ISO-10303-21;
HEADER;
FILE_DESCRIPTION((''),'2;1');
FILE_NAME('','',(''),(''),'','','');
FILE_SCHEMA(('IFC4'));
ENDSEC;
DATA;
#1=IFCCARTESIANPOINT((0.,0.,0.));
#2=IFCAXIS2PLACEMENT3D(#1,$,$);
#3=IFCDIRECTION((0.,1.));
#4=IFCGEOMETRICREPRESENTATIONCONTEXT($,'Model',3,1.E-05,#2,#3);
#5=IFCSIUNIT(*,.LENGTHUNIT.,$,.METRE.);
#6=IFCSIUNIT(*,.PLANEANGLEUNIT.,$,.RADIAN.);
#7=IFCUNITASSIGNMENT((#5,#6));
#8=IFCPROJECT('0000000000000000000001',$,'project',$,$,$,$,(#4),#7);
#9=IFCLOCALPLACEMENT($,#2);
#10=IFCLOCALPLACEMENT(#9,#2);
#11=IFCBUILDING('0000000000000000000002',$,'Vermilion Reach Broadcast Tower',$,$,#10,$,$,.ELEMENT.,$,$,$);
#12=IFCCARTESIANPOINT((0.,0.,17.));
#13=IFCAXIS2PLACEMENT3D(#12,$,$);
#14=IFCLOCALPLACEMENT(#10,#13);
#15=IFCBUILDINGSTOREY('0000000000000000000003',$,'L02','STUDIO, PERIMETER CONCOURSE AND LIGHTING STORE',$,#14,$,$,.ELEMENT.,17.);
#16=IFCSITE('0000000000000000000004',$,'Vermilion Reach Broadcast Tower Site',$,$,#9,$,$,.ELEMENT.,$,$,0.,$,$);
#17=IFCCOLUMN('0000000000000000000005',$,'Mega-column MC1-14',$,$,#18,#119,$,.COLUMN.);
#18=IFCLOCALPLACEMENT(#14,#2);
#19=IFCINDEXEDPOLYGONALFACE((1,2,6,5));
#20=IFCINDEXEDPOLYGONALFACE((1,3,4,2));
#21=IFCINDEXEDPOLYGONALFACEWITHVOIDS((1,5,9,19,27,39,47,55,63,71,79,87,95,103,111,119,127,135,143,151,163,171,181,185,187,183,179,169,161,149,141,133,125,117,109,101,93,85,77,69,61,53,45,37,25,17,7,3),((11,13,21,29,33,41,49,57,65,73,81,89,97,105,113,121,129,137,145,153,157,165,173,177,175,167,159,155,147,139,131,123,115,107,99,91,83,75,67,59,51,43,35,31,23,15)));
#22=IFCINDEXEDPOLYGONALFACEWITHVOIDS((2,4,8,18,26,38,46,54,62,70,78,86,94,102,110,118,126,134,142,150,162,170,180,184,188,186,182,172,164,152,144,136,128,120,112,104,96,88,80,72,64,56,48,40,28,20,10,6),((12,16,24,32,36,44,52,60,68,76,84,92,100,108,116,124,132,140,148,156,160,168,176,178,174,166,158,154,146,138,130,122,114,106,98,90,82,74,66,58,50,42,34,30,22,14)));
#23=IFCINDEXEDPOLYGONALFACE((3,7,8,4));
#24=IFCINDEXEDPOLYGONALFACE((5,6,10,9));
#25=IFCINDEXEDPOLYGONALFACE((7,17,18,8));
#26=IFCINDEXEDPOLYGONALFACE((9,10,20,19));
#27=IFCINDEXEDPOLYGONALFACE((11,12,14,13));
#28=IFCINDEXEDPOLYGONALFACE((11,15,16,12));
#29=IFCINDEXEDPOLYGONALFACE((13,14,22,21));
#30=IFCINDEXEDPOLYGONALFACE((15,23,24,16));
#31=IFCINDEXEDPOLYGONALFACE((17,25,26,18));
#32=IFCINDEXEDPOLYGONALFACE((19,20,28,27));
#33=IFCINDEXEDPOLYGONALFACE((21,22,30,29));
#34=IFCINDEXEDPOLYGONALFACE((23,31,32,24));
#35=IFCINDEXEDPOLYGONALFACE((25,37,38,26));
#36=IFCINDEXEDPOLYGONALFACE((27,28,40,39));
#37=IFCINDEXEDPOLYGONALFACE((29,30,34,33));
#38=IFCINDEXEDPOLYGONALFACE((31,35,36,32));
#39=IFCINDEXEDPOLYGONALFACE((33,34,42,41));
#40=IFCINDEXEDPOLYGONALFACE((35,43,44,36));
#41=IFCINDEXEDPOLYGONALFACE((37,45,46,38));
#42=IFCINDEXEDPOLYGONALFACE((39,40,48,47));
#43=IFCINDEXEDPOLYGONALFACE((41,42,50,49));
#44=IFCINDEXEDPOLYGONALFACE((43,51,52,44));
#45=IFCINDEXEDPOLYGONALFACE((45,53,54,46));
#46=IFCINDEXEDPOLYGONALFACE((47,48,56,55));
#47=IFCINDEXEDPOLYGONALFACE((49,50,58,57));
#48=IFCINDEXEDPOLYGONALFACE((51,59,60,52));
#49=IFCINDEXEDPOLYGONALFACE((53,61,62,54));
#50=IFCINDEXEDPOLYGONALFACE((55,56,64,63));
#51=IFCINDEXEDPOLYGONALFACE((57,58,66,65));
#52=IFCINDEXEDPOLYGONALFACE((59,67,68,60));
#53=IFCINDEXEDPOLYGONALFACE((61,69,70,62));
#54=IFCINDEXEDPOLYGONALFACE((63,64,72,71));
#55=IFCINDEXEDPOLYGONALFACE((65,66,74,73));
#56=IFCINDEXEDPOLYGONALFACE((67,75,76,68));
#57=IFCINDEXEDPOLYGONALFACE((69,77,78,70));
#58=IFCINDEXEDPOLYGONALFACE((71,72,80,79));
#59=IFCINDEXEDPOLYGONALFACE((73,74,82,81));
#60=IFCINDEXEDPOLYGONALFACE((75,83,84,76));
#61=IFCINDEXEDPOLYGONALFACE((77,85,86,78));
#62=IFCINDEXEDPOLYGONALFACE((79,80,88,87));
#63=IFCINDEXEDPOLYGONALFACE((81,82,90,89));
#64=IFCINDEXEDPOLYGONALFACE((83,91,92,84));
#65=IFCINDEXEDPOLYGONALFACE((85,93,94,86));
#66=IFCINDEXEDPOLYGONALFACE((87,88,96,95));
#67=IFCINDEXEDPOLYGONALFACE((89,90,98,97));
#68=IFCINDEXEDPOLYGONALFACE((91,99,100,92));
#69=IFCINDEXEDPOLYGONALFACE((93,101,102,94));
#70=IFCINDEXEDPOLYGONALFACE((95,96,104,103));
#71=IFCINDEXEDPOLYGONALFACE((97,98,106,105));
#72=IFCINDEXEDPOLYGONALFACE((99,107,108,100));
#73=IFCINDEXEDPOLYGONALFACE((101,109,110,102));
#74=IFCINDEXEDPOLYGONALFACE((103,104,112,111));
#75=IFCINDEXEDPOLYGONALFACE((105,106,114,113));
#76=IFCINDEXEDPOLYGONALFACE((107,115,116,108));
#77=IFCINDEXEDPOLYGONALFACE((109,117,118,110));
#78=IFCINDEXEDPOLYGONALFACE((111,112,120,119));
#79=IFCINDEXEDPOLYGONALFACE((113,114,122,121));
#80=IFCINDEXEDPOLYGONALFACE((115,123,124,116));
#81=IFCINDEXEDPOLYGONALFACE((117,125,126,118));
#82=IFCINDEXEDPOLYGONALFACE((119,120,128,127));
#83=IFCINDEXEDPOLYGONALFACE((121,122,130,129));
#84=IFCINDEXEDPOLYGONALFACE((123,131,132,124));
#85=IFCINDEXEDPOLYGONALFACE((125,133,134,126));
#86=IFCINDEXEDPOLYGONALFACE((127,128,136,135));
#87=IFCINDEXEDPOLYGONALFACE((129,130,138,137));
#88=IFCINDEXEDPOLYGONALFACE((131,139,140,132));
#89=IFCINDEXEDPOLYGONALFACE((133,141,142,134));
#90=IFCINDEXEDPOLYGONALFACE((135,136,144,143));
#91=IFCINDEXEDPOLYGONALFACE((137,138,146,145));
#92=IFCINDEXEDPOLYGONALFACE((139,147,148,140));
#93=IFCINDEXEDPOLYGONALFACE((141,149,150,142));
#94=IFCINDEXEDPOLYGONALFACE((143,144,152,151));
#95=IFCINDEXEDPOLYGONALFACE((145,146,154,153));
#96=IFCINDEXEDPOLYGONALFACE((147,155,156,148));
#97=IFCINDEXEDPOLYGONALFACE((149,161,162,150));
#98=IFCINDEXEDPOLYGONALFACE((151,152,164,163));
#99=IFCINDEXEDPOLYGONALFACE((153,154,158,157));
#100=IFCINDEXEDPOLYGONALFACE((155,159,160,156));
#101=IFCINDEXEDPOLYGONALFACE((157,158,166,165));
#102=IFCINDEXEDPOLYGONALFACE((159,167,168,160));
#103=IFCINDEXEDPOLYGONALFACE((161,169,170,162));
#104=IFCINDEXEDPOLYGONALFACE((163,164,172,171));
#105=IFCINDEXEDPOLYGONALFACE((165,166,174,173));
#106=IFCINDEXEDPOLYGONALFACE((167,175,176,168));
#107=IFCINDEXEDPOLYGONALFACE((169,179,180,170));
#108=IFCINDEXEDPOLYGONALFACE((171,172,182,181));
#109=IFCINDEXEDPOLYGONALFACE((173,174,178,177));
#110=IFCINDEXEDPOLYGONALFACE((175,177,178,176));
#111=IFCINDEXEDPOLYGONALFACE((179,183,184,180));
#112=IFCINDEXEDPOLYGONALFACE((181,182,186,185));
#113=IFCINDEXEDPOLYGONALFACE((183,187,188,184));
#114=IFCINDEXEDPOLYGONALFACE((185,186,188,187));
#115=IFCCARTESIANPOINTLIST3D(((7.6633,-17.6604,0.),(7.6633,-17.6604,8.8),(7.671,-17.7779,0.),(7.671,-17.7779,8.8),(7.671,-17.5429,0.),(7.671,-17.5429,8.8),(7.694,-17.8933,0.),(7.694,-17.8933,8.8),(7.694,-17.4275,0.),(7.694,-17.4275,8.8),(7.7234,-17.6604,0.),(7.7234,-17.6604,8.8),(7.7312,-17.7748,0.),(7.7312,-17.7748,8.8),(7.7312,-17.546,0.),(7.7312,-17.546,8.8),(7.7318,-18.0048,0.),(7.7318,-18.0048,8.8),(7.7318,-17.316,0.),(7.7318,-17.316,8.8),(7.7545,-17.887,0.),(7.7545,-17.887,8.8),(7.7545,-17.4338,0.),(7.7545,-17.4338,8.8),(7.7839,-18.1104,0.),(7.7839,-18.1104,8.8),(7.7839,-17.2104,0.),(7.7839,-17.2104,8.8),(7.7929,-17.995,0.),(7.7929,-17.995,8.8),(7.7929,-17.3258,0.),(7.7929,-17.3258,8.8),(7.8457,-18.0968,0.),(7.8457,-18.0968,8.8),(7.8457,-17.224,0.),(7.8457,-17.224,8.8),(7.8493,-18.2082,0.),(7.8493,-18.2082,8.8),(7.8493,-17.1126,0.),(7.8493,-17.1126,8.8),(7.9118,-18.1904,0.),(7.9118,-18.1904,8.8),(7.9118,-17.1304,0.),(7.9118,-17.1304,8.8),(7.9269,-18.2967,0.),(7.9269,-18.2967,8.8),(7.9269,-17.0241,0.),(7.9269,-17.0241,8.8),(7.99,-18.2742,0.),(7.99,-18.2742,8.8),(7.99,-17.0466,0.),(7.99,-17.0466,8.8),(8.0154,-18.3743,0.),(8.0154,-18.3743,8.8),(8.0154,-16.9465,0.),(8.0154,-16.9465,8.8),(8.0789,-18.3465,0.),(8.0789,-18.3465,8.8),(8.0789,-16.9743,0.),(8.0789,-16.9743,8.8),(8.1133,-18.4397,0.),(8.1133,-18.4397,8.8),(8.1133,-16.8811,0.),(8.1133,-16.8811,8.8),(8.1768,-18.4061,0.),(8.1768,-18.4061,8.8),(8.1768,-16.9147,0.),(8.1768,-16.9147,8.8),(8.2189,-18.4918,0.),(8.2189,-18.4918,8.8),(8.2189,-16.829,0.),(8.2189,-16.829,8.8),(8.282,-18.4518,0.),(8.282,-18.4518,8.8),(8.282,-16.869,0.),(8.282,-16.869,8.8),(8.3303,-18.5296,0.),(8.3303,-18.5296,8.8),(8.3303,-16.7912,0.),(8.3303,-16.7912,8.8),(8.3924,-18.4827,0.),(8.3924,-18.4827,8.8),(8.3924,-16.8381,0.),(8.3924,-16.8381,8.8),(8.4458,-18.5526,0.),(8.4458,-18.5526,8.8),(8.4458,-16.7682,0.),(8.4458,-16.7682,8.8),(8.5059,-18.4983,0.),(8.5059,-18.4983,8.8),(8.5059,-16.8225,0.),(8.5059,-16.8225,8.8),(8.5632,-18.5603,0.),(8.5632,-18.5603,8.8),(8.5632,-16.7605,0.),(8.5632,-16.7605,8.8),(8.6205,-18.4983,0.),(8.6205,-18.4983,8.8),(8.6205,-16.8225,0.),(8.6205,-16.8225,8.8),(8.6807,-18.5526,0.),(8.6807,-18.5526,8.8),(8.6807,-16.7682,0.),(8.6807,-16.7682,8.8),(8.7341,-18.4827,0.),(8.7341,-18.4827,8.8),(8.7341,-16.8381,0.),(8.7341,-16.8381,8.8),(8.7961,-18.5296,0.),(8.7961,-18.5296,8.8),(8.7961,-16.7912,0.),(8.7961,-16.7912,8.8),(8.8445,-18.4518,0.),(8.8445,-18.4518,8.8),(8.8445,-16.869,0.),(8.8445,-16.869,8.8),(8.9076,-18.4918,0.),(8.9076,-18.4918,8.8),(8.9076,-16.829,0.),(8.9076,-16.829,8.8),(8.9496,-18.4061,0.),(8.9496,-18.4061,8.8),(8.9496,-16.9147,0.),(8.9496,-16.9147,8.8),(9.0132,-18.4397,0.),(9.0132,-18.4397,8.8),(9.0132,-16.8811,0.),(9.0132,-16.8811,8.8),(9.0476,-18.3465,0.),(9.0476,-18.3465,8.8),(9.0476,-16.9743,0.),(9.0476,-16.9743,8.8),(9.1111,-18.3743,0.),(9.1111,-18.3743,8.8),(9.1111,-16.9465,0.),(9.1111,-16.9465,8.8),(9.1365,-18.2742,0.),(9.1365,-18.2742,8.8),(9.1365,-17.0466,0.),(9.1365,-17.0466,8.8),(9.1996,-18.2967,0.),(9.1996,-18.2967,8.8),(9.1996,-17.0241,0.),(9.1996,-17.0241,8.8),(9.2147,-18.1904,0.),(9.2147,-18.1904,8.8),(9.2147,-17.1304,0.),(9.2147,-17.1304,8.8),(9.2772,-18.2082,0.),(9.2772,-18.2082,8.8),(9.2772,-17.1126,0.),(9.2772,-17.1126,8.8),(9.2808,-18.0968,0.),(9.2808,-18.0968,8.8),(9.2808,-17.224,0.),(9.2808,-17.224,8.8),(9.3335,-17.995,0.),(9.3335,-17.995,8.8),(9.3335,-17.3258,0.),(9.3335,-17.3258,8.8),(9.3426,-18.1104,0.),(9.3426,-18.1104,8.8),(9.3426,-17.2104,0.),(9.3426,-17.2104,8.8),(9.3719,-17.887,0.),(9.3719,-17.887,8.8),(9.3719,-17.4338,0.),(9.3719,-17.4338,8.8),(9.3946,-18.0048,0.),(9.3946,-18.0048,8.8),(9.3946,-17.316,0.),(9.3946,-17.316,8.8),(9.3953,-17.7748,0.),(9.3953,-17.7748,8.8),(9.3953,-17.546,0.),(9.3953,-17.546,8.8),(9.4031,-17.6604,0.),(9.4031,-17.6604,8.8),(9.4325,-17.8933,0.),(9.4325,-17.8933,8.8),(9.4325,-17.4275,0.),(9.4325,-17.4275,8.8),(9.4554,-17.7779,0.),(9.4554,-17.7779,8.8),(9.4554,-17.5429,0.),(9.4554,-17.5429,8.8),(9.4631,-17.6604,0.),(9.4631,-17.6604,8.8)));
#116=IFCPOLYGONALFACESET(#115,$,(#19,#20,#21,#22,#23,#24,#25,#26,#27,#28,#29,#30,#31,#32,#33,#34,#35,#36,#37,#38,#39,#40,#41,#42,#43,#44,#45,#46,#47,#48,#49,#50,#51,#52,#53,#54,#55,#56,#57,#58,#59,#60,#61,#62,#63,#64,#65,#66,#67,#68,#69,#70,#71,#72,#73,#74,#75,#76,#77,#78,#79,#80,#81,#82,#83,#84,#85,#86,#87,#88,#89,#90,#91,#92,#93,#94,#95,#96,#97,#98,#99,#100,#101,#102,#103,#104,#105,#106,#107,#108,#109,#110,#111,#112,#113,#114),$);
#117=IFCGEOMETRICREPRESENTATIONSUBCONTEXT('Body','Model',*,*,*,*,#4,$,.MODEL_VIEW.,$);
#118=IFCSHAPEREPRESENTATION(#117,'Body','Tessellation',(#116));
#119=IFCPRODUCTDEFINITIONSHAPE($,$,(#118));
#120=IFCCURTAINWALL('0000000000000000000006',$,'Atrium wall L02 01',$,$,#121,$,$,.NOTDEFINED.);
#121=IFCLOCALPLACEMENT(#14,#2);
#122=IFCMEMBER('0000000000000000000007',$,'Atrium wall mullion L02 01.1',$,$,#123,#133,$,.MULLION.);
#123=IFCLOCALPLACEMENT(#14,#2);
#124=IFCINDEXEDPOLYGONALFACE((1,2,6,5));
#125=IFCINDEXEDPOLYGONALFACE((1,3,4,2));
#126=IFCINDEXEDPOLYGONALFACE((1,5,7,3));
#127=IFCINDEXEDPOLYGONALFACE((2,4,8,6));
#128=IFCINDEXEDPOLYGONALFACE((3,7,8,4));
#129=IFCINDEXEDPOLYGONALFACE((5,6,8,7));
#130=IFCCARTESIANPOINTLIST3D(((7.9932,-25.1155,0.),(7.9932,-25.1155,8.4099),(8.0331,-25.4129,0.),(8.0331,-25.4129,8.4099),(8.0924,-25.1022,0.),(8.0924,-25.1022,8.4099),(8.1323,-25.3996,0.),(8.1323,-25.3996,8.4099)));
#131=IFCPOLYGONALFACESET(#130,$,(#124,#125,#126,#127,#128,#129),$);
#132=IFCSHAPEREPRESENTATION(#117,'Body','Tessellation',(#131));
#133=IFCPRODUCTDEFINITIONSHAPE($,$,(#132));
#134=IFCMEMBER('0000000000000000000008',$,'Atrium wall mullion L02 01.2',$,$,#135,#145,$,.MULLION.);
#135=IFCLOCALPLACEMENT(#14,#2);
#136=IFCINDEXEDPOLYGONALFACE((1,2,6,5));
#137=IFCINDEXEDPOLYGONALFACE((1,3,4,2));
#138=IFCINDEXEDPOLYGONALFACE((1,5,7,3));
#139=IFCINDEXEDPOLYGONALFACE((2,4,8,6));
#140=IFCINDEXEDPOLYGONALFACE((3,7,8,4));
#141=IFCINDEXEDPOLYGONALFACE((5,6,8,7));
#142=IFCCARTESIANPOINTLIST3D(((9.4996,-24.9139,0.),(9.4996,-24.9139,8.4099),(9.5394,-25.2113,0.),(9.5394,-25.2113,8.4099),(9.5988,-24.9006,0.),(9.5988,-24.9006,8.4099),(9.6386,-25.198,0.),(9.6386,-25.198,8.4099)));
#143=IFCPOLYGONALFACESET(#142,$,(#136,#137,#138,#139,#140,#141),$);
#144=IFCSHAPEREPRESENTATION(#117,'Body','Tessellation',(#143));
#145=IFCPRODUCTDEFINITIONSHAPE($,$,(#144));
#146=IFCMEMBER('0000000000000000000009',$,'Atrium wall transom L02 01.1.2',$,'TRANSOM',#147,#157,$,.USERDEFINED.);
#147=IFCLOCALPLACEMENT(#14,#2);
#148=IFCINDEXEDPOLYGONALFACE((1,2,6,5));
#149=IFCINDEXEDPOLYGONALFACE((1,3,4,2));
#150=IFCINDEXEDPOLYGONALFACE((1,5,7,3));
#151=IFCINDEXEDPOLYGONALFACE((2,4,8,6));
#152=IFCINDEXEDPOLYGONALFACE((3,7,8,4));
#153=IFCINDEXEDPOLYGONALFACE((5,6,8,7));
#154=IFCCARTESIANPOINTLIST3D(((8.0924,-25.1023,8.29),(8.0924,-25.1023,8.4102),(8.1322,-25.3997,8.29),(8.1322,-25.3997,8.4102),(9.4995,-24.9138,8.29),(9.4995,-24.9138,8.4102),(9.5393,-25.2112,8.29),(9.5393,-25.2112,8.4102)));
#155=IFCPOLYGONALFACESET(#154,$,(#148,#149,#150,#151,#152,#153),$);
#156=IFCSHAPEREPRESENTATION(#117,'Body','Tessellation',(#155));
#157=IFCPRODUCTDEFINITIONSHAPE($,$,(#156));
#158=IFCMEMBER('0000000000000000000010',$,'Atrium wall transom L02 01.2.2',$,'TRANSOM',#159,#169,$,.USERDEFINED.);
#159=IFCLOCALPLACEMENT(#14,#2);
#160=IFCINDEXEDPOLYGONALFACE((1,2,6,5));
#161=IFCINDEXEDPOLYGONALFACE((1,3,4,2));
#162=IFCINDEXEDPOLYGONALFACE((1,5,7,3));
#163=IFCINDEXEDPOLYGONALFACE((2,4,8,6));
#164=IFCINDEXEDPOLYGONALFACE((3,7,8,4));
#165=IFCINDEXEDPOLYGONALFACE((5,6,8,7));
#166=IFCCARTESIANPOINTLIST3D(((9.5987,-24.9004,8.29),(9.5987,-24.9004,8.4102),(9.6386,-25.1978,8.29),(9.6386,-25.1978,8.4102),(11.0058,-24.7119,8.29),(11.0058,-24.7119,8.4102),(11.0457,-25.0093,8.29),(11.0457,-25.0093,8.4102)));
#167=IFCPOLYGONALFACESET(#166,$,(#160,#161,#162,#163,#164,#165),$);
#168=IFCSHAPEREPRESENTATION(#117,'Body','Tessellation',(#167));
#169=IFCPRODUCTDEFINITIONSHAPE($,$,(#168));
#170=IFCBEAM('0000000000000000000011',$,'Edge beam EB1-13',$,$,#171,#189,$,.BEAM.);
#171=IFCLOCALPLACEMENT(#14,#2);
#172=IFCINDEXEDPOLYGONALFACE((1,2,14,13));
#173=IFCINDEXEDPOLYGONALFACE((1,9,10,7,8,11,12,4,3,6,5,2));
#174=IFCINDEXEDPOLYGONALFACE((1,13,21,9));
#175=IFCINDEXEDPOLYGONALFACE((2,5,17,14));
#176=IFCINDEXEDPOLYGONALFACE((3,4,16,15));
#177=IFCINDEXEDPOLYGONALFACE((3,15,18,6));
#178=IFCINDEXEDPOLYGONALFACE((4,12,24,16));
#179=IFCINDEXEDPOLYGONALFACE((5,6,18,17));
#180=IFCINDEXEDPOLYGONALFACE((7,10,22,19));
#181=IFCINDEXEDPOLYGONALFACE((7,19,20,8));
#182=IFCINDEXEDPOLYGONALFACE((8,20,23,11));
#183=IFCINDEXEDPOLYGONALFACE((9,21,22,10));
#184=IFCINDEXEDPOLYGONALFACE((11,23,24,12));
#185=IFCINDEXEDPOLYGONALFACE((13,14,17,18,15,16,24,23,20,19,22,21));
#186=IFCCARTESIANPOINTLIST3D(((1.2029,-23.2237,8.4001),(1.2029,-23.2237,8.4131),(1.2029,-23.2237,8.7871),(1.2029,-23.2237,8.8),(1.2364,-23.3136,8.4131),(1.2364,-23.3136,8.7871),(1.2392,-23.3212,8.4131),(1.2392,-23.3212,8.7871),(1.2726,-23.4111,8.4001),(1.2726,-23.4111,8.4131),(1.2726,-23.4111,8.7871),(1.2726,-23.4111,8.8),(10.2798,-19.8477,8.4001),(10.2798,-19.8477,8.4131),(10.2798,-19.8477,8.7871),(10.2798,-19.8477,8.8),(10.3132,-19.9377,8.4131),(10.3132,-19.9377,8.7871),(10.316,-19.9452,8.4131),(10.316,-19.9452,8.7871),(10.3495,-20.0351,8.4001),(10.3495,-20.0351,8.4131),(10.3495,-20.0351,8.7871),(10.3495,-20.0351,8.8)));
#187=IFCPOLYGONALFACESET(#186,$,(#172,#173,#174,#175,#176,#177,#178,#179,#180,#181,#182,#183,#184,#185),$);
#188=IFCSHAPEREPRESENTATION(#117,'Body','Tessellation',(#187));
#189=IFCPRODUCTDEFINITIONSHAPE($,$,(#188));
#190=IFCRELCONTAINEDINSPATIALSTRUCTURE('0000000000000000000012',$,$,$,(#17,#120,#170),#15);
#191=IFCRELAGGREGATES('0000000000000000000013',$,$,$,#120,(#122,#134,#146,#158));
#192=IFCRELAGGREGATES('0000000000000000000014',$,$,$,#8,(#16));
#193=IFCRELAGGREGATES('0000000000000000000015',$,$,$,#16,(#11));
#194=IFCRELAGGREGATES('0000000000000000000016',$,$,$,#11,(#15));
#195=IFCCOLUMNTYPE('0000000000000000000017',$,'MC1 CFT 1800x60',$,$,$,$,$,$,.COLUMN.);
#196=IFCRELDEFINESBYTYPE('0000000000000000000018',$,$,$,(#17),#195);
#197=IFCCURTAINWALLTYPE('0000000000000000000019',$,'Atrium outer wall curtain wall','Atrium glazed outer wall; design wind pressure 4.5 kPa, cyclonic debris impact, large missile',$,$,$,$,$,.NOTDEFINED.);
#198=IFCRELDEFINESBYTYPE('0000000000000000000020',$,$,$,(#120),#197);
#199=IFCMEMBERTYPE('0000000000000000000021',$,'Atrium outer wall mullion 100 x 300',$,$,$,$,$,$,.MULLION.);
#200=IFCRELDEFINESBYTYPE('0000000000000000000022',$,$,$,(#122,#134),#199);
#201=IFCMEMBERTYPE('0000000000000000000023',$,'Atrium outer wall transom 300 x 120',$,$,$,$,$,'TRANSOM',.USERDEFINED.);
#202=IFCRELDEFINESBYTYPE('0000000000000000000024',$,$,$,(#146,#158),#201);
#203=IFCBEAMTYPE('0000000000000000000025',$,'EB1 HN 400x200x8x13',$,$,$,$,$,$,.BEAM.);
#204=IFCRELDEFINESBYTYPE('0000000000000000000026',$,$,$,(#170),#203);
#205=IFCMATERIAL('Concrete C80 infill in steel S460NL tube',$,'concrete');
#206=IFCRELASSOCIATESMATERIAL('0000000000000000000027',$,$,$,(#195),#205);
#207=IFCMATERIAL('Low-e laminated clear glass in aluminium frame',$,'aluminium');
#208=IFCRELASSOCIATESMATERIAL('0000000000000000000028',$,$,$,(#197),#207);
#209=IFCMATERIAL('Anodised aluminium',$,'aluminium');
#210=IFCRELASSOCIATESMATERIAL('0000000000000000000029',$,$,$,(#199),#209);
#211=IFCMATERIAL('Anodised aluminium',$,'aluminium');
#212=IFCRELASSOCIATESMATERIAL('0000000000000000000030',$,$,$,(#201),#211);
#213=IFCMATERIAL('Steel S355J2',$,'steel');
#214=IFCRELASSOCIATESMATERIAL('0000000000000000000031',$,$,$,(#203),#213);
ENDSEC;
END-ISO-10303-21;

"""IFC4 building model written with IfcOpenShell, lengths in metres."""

from ifc_helpers import new_model, si_unit, direction, frame, origin, origin_2d, place, context, subcontext, project, spatial, rectangle, hollow_circle, i_section, extrude, material, material_profile, profile_set, type_object, element, aggregate, save


model = new_model("IFC4")

# Units and contexts
model_context = context("Model", 3, precision=1e-05, world=origin(), true_north=direction((0.0, 1.0)))
body_context = subcontext(model_context, "Body", "Model", "MODEL_VIEW")
ifc_project = project(units=[si_unit("LENGTHUNIT", "METRE"), si_unit("PLANEANGLEUNIT", "RADIAN")], contexts=[model_context])

# Site, building, storey
site_placement = place(None, origin())
site = spatial("IfcSite", under=ifc_project, at=site_placement, Name="Vermilion Reach Broadcast Tower Site", CompositionType="ELEMENT", RefElevation=0.0)
building_placement = place(site_placement, origin())
building = spatial("IfcBuilding", under=site, at=building_placement, Name="Vermilion Reach Broadcast Tower", CompositionType="ELEMENT")
storey_placement = place(building_placement, frame((0.0, 0.0, 17.0)))
storey = spatial("IfcBuildingStorey", under=building, at=storey_placement, Name="L02", Description="STUDIO, PERIMETER CONCOURSE AND LIGHTING STORE", CompositionType="ELEMENT", Elevation=17.0)

# Column
ifc_material_1 = material(Name="Concrete C80 infill in steel S460NL tube", Category="concrete")
ifc_material_profile_1 = material_profile(ifc_material_1, hollow_circle(Radius=0.8999, WallThickness=0.0601, at=origin_2d()), Name="Concrete C80 infill in steel S460NL tube CFT 1800x60")
ifc_profile_set_1 = profile_set([ifc_material_profile_1], Name="Concrete C80 infill in steel S460NL tube")
column_type = type_object("IfcColumnType", Name="MC1 CFT 1800x60", PredefinedType="COLUMN", material=ifc_profile_set_1)
for number, where, z_axis, x_axis, name in (
    (1, (8.5632, -17.6604, 0.0), (0.0, 0.0, 1.0), (1.0, 0.0, 0.0), "Mega-column MC1-14"),
):
    element("IfcColumn", number, at=place(storey_placement, frame(where, z_axis=z_axis, x_axis=x_axis)), inside=storey, type_object=column_type, Name=name, PredefinedType="COLUMN", context=body_context, shape_type="SweptSolid", body=[
        extrude(hollow_circle(Radius=0.8999, WallThickness=0.0601, at=origin_2d()), origin(), (0.0, 0.0, 1.0), 8.8),
    ])

# Curtain wall, members
ifc_material_2 = material(Name="Low-e laminated clear glass in aluminium frame", Category="aluminium")
curtain_wall_type = type_object("IfcCurtainWallType", Name="Atrium outer wall curtain wall", Description="Atrium glazed outer wall; design wind pressure 4.5 kPa, cyclonic debris impact, large missile", PredefinedType="NOTDEFINED", material=ifc_material_2)
curtain_wall_placement = place(storey_placement, origin())
curtain_wall = element("IfcCurtainWall", 2, at=curtain_wall_placement, inside=storey, type_object=curtain_wall_type, Name="Atrium wall L02 01", PredefinedType="NOTDEFINED")
ifc_material_3 = material(Name="Anodised aluminium", Category="aluminium")
ifc_material_profile_2 = material_profile(ifc_material_3, rectangle(XDim=0.3, YDim=0.1001, at=origin_2d()), Name="Atrium outer wall mullion 100 x 300")
ifc_profile_set_2 = profile_set([ifc_material_profile_2], Name="Anodised aluminium")
member_type_1 = type_object("IfcMemberType", Name="Atrium outer wall mullion 100 x 300", PredefinedType="MULLION", material=ifc_profile_set_2)
member_1_placement = place(storey_placement, frame((8.0627, -25.2576, 0.0), z_axis=(0.0, 0.0, 1.0), x_axis=(-0.132794, 0.991144, 0.0)))
member_1 = element("IfcMember", 3, at=member_1_placement, type_object=member_type_1, Name="Atrium wall mullion L02 01.1", PredefinedType="MULLION", context=body_context, shape_type="SweptSolid", body=[
    extrude(rectangle(XDim=0.3, YDim=0.1001, at=origin_2d()), origin(), (0.0, 0.0, 1.0), 8.4099),
])
member_2_placement = place(storey_placement, frame((9.5691, -25.0559, 0.0), z_axis=(0.0, 0.0, 1.0), x_axis=(-0.132794, 0.991144, 0.0)))
member_2 = element("IfcMember", 4, at=member_2_placement, type_object=member_type_1, Name="Atrium wall mullion L02 01.2", PredefinedType="MULLION", context=body_context, shape_type="SweptSolid", body=[
    extrude(rectangle(XDim=0.3, YDim=0.1001, at=origin_2d()), origin(), (0.0, 0.0, 1.0), 8.4099),
])
ifc_material_4 = material(Name="Anodised aluminium", Category="aluminium")
ifc_material_profile_3 = material_profile(ifc_material_4, rectangle(XDim=0.3, YDim=0.1201, at=origin_2d()), Name="Atrium outer wall transom 300 x 120")
ifc_profile_set_3 = profile_set([ifc_material_profile_3], Name="Anodised aluminium")
member_type_2 = type_object("IfcMemberType", Name="Atrium outer wall transom 300 x 120", ElementType="TRANSOM", PredefinedType="USERDEFINED", material=ifc_profile_set_3)
member_3_placement = place(storey_placement, frame((8.1123, -25.251, 8.3501), z_axis=(0.99115, 0.132749, 0.0), x_axis=(-0.132749, 0.99115, 0.0)))
member_3 = element("IfcMember", 5, at=member_3_placement, type_object=member_type_2, Name="Atrium wall transom L02 01.1.2", ObjectType="TRANSOM", PredefinedType="USERDEFINED", context=body_context, shape_type="SweptSolid", body=[
    extrude(rectangle(XDim=0.3, YDim=0.1201, at=origin_2d()), origin(), (0.0, 0.0, 1.0), 1.4197),
])
member_4_placement = place(storey_placement, frame((9.6187, -25.0491, 8.3501), z_axis=(0.99115, 0.132749, 0.0), x_axis=(-0.132749, 0.99115, 0.0)))
member_4 = element("IfcMember", 6, at=member_4_placement, type_object=member_type_2, Name="Atrium wall transom L02 01.2.2", ObjectType="TRANSOM", PredefinedType="USERDEFINED", context=body_context, shape_type="SweptSolid", body=[
    extrude(rectangle(XDim=0.3, YDim=0.1201, at=origin_2d()), origin(), (0.0, 0.0, 1.0), 1.4197),
])

# Beam
ifc_material_5 = material(Name="Steel S355J2", Category="steel")
ifc_material_profile_4 = material_profile(ifc_material_5, i_section(OverallWidth=0.2, OverallDepth=0.3999, WebThickness=0.0081, FlangeThickness=0.0129, at=origin_2d()), Name="S355J2 HN 400x200x8x13")
ifc_profile_set_4 = profile_set([ifc_material_profile_4], Name="Steel S355J2")
beam_type_1 = type_object("IfcBeamType", Name="EB1 HN 400x200x8x13", PredefinedType="BEAM", material=ifc_profile_set_4)
beam_1_placement = place(storey_placement, frame((1.2378, -23.3174, 8.6001), z_axis=(0.937272, 0.3486, 0.0), x_axis=(-0.3486, 0.937272, 0.0)))
element("IfcBeam", 7, at=beam_1_placement, inside=storey, type_object=beam_type_1, Name="Edge beam EB1-13", PredefinedType="BEAM", context=body_context, shape_type="SweptSolid", body=[
    extrude(i_section(OverallWidth=0.2, OverallDepth=0.3999, WebThickness=0.0081, FlangeThickness=0.0129, at=origin_2d()), origin(), (0.0, 0.0, 1.0), 9.6843),
])

aggregate(curtain_wall, [member_1, member_2, member_3, member_4])

save(model, "model.ifc")
